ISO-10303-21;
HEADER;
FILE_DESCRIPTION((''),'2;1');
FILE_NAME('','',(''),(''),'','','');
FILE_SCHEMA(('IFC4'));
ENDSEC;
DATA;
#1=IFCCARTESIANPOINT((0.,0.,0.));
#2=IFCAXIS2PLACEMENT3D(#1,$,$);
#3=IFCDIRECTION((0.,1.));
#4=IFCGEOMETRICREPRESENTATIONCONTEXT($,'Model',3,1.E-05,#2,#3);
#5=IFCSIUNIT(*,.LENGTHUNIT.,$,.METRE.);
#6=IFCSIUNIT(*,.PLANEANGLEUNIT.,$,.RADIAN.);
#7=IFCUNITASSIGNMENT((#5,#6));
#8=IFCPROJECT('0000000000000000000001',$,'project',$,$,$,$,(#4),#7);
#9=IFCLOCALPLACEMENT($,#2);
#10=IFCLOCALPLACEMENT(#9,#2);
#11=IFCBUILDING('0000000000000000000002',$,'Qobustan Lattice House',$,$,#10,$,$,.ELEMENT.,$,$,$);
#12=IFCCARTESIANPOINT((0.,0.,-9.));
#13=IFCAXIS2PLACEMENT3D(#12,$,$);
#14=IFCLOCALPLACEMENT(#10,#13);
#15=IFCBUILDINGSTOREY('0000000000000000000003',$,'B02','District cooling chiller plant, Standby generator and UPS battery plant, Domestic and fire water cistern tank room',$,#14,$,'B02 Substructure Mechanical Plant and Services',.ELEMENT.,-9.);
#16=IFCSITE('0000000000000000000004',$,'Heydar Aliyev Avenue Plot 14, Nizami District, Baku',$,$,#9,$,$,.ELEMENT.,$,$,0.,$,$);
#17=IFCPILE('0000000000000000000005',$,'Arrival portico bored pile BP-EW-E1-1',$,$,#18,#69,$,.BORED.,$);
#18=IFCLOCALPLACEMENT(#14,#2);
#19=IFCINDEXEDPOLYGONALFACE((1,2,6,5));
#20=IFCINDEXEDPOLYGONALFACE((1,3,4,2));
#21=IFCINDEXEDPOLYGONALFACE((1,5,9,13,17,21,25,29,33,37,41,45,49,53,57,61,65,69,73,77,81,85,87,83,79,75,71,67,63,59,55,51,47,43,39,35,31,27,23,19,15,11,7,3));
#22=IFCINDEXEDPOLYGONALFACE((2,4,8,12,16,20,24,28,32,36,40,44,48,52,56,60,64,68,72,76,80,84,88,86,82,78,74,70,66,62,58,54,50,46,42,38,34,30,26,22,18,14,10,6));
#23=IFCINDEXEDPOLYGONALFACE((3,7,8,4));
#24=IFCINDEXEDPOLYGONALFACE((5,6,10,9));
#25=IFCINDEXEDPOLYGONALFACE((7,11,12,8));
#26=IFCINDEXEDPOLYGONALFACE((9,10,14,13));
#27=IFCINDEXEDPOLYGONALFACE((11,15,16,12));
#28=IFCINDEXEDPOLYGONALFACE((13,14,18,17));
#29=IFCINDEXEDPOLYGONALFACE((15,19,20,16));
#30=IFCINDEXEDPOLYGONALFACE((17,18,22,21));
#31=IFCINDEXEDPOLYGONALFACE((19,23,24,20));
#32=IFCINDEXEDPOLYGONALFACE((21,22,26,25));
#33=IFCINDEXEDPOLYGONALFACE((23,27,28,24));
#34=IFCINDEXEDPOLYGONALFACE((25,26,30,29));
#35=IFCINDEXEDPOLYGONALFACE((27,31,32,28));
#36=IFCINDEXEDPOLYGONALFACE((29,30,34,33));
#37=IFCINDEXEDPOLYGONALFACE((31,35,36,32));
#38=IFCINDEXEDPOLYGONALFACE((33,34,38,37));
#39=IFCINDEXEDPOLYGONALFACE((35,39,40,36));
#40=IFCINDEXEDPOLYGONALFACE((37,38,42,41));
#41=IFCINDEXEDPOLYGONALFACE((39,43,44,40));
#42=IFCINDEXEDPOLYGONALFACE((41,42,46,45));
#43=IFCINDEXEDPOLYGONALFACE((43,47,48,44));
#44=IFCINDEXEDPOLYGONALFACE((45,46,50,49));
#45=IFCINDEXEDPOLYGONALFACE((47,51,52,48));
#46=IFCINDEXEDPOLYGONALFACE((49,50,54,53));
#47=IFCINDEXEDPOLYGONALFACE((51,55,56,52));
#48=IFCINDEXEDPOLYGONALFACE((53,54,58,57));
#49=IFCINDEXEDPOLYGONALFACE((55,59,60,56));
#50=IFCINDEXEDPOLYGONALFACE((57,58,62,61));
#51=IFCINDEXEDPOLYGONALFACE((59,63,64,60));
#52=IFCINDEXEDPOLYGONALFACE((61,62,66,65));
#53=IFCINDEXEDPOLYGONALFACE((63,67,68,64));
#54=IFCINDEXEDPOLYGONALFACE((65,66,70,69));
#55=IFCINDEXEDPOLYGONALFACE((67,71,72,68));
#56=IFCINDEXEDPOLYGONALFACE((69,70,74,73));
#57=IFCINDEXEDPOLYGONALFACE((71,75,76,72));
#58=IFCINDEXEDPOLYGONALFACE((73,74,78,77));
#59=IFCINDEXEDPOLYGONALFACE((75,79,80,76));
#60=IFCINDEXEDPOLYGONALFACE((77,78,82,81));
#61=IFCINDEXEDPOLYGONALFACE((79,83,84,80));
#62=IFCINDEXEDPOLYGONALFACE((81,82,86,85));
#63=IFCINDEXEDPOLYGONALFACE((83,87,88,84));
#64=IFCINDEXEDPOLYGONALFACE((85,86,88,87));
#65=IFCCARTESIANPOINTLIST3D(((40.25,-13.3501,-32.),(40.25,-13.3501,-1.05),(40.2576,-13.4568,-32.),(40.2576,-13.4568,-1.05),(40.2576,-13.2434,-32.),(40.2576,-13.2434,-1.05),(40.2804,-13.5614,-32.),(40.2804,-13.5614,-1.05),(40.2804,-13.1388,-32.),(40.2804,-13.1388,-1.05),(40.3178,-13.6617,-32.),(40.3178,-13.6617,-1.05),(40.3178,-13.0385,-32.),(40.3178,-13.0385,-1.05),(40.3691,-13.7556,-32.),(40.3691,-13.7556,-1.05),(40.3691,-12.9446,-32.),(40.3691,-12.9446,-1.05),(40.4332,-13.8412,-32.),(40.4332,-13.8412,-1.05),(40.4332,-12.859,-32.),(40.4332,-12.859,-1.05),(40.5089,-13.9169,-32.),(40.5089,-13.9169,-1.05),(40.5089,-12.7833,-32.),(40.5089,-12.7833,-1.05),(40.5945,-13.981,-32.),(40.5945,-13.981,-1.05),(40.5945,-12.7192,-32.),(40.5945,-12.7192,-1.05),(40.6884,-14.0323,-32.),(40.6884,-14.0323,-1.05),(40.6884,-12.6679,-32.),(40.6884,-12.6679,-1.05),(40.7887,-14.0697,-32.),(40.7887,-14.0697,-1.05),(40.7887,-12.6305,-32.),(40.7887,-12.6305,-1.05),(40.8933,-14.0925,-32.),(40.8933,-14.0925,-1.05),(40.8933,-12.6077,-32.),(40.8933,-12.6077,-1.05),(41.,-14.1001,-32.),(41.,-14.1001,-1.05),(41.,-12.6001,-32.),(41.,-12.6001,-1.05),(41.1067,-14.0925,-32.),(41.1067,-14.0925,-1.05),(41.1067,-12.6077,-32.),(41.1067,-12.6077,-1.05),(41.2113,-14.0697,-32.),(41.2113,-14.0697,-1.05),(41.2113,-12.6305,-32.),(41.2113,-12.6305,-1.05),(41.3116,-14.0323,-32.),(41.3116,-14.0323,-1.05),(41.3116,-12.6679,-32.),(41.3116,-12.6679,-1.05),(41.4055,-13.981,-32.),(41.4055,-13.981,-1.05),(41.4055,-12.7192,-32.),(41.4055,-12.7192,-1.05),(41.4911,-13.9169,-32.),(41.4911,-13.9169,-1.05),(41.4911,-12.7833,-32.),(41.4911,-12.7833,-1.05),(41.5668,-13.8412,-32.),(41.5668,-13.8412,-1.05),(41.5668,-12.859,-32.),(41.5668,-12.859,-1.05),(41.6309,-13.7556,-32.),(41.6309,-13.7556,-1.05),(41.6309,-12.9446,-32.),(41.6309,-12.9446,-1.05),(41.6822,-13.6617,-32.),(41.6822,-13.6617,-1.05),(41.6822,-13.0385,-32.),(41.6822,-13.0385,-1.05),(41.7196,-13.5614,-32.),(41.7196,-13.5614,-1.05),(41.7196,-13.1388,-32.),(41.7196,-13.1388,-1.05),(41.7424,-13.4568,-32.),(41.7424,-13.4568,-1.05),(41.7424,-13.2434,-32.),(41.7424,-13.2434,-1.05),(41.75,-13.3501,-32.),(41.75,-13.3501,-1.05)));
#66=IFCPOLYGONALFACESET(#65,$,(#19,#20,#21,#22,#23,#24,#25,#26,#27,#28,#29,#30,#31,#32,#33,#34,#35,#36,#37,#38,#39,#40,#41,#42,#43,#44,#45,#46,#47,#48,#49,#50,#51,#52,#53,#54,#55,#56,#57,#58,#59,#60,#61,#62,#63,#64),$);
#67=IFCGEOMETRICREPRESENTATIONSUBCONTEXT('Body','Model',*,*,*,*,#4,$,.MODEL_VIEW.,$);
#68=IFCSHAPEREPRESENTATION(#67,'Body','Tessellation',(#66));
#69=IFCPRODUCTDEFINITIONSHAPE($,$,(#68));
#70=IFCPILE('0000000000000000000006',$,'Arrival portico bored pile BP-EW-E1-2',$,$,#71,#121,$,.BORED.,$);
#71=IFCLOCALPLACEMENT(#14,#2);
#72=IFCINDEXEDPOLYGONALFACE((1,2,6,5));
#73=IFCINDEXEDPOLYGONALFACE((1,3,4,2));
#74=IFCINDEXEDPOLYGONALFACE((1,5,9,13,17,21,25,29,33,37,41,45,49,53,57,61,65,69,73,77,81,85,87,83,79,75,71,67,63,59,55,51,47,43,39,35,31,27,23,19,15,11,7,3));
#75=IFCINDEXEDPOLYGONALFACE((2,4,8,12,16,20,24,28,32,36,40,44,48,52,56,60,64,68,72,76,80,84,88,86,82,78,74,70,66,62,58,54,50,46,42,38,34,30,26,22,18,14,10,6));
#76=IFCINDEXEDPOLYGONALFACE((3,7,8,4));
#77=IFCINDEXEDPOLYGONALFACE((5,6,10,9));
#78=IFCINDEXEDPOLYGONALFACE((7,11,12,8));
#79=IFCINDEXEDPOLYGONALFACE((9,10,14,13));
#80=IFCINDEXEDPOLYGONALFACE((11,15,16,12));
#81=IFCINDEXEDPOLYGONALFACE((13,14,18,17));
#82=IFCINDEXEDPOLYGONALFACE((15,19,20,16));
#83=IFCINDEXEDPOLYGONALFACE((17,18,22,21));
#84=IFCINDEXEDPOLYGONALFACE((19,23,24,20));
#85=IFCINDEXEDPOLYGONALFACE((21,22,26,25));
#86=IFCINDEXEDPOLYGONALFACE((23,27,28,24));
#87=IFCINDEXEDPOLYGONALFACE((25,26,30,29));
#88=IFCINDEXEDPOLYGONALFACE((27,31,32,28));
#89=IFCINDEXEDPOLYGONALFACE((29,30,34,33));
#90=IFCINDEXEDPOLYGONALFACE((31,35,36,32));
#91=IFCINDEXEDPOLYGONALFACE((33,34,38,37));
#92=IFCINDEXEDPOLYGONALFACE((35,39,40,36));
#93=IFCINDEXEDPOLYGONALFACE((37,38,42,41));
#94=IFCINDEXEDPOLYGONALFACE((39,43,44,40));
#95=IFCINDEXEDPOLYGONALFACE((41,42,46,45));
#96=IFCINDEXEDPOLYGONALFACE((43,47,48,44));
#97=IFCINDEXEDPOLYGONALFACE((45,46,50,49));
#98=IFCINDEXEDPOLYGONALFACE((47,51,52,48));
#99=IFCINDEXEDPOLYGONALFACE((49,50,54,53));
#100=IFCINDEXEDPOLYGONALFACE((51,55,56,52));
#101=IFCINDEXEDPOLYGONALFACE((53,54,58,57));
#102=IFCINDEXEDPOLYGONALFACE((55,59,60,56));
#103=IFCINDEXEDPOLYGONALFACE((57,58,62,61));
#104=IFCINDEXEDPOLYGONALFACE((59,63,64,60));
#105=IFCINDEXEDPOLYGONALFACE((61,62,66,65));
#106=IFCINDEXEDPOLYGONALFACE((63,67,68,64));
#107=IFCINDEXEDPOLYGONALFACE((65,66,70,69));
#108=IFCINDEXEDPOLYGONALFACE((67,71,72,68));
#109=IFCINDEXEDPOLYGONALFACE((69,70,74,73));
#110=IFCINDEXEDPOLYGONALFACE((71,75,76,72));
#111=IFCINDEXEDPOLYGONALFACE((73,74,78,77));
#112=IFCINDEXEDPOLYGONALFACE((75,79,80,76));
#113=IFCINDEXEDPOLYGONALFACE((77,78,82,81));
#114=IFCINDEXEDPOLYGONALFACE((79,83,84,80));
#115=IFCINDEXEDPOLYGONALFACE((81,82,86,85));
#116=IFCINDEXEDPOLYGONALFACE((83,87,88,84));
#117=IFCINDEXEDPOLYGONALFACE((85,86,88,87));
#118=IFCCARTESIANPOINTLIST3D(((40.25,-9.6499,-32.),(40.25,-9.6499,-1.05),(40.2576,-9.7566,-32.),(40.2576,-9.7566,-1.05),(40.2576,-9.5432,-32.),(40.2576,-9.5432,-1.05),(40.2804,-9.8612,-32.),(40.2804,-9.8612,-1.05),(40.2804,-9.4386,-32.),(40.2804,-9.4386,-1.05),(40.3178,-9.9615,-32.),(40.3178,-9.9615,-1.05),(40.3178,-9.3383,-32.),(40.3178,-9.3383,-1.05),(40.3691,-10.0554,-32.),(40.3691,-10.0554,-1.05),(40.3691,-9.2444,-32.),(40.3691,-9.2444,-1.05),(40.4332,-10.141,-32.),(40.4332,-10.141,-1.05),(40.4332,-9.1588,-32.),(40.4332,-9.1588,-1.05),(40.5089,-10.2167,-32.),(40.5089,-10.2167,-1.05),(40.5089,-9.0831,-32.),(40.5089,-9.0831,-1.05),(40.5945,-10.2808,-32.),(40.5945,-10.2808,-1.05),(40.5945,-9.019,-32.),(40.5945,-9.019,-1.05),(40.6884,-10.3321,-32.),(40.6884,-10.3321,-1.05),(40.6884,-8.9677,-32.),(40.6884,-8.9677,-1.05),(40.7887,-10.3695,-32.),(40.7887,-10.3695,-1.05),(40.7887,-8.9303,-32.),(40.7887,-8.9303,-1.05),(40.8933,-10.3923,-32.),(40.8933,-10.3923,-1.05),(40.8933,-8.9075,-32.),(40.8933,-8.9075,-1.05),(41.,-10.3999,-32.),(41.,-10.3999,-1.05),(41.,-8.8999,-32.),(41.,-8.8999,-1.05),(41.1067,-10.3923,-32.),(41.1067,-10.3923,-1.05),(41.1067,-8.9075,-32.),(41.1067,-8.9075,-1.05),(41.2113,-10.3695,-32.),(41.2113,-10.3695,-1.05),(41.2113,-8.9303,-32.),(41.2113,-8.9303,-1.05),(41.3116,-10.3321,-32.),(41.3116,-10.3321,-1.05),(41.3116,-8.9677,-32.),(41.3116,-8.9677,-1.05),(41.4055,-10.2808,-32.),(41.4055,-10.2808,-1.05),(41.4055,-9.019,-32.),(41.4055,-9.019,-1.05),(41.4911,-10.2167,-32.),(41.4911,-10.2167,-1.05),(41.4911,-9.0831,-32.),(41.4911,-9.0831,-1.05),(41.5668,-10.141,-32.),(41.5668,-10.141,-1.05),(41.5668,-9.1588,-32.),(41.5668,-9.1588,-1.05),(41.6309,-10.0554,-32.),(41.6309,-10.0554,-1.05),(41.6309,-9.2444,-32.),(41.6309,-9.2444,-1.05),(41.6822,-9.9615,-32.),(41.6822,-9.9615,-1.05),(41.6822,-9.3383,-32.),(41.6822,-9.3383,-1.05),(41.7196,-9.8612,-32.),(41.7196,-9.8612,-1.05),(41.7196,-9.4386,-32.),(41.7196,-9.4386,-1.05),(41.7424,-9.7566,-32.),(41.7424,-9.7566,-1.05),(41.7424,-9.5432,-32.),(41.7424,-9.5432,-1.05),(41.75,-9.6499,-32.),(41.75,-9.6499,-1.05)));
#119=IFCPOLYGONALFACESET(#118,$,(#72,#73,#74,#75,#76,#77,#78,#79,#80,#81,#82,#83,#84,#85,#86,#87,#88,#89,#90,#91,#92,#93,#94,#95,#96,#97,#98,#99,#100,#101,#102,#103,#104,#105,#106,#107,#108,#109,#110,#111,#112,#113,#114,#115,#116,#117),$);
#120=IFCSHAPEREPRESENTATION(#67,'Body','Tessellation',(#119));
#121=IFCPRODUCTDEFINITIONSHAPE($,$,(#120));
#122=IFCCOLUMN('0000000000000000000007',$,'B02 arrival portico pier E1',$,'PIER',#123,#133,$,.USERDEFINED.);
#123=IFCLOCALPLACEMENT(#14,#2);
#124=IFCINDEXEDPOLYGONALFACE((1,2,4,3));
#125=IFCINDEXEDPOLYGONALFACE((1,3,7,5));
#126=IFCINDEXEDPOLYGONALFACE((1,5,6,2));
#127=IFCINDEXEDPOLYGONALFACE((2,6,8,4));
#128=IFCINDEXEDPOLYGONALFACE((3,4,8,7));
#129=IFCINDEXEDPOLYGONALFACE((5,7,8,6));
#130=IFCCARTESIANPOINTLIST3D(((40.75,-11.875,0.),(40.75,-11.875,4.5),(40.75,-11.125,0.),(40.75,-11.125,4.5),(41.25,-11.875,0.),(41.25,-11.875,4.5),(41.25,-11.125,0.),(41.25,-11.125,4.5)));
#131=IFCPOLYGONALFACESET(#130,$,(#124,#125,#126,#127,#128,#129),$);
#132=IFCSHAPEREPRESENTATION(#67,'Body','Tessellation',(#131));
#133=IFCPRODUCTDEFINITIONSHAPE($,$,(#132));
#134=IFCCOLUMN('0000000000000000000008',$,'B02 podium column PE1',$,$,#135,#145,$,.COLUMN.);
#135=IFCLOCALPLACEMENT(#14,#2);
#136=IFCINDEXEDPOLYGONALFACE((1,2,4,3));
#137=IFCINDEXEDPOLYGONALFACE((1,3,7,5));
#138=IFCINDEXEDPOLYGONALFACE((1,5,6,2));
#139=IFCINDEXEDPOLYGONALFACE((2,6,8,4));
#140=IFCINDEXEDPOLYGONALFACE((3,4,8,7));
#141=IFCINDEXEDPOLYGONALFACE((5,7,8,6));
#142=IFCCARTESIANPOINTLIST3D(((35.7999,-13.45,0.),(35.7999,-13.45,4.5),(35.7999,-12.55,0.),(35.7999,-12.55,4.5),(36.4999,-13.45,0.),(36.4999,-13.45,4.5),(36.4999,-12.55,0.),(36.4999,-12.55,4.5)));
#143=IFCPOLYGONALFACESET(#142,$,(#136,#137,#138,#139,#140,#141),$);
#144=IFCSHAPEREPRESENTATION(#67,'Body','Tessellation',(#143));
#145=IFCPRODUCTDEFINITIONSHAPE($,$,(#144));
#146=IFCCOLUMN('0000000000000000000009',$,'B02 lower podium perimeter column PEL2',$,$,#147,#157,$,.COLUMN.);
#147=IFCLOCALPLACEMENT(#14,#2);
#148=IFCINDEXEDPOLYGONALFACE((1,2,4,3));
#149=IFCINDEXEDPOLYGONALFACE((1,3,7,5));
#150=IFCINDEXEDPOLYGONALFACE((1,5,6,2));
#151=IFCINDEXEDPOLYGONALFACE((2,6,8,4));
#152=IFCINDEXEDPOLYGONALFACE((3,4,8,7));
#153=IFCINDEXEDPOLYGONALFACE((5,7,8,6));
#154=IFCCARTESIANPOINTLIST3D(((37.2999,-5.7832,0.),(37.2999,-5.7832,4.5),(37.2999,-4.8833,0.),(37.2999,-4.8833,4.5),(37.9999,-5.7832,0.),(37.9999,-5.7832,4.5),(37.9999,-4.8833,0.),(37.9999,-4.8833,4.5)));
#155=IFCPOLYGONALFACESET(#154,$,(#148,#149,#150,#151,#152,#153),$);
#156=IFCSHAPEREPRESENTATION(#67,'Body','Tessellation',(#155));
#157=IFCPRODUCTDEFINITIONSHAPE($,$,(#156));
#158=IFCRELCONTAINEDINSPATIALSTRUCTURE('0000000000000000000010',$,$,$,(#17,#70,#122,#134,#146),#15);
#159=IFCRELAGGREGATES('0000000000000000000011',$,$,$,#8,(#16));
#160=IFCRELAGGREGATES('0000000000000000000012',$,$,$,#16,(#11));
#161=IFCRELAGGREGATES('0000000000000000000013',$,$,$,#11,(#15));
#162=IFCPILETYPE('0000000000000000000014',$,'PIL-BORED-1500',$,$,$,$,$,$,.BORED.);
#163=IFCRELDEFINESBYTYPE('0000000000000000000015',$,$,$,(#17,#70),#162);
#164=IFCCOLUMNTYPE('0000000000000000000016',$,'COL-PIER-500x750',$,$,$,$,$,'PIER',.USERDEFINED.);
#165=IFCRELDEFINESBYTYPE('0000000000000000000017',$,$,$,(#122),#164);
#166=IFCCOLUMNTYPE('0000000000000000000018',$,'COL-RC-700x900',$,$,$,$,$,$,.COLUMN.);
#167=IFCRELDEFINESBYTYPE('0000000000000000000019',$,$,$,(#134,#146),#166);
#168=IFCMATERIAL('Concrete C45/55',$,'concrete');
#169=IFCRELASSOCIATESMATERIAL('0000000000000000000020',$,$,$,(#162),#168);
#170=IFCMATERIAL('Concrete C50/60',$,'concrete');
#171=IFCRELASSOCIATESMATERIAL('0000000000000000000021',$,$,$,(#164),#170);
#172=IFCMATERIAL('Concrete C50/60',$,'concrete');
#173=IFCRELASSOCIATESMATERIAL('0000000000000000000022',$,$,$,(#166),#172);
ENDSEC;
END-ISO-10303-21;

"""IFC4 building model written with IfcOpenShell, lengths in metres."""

from ifc_helpers import new_model, si_unit, direction, frame, origin, origin_2d, place, context, subcontext, project, spatial, rectangle, circle, extrude, material, material_profile, profile_set, type_object, element, save


model = new_model("IFC4")

# Units and contexts
model_context = context("Model", 3, precision=1e-05, world=origin(), true_north=direction((0.0, 1.0)))
body_context = subcontext(model_context, "Body", "Model", "MODEL_VIEW")
ifc_project = project(units=[si_unit("LENGTHUNIT", "METRE"), si_unit("PLANEANGLEUNIT", "RADIAN")], contexts=[model_context])

# Site, building, storey
site_placement = place(None, origin())
site = spatial("IfcSite", under=ifc_project, at=site_placement, Name="Heydar Aliyev Avenue Plot 14, Nizami District, Baku", CompositionType="ELEMENT", RefElevation=0.0)
building_placement = place(site_placement, origin())
building = spatial("IfcBuilding", under=site, at=building_placement, Name="Qobustan Lattice House", CompositionType="ELEMENT")
storey_placement = place(building_placement, frame((0.0, 0.0, -9.0)))
storey = spatial("IfcBuildingStorey", under=building, at=storey_placement, Name="B02", Description="District cooling chiller plant, Standby generator and UPS battery plant, Domestic and fire water cistern tank room", LongName="B02 Substructure Mechanical Plant and Services", CompositionType="ELEMENT", Elevation=-9.0)

# Piles
ifc_material_1 = material(Name="Concrete C45/55", Category="concrete")
ifc_material_profile_1 = material_profile(ifc_material_1, circle(Radius=0.75, at=origin_2d()), Name="PILE-D1500")
ifc_profile_set_1 = profile_set([ifc_material_profile_1], Name="Concrete C45/55")
pile_type = type_object("IfcPileType", Name="PIL-BORED-1500", PredefinedType="BORED", material=ifc_profile_set_1)
for number, where, z_axis, x_axis, name in (
    (1, (41.0, -13.3501, -1.05), (0.0, 0.0, -1.0), (1.0, 0.0, 0.0), "Arrival portico bored pile BP-EW-E1-1"),
    (2, (41.0, -9.6499, -1.05), (0.0, 0.0, -1.0), (1.0, 0.0, 0.0), "Arrival portico bored pile BP-EW-E1-2"),
):
    element("IfcPile", number, at=place(storey_placement, frame(where, z_axis=z_axis, x_axis=x_axis)), inside=storey, type_object=pile_type, Name=name, PredefinedType="BORED", context=body_context, shape_type="SweptSolid", body=[
        extrude(circle(Radius=0.75, at=origin_2d()), origin(), (0.0, 0.0, 1.0), 30.95),
    ])

# Columns
ifc_material_2 = material(Name="Concrete C50/60", Category="concrete")
ifc_material_profile_2 = material_profile(ifc_material_2, rectangle(XDim=0.5, YDim=0.75, at=origin_2d()), Name="RC500x750")
ifc_profile_set_2 = profile_set([ifc_material_profile_2], Name="Concrete C50/60")
column_type_1 = type_object("IfcColumnType", Name="COL-PIER-500x750", ElementType="PIER", PredefinedType="USERDEFINED", material=ifc_profile_set_2)
column_placement = place(storey_placement, frame((41.0, -11.5, 0.0), z_axis=(0.0, 0.0, 1.0), x_axis=(1.0, 0.0, 0.0)))
element("IfcColumn", 3, at=column_placement, inside=storey, type_object=column_type_1, Name="B02 arrival portico pier E1", ObjectType="PIER", PredefinedType="USERDEFINED", context=body_context, shape_type="SweptSolid", body=[
    extrude(rectangle(XDim=0.5, YDim=0.75, at=origin_2d()), origin(), (0.0, 0.0, 1.0), 4.5),
])
ifc_material_3 = material(Name="Concrete C50/60", Category="concrete")
ifc_material_profile_3 = material_profile(ifc_material_3, rectangle(XDim=0.7, YDim=0.8999, at=origin_2d()), Name="RC700x900")
ifc_profile_set_3 = profile_set([ifc_material_profile_3], Name="Concrete C50/60")
column_type_2 = type_object("IfcColumnType", Name="COL-RC-700x900", PredefinedType="COLUMN", material=ifc_profile_set_3)
for number, where, z_axis, x_axis, name in (
    (4, (36.1499, -13.0, 0.0), (0.0, 0.0, 1.0), (1.0, 0.0, 0.0), "B02 podium column PE1"),
    (5, (37.6499, -5.3333, 0.0), (0.0, 0.0, 1.0), (1.0, 0.0, 0.0), "B02 lower podium perimeter column PEL2"),
):
    element("IfcColumn", number, at=place(storey_placement, frame(where, z_axis=z_axis, x_axis=x_axis)), inside=storey, type_object=column_type_2, Name=name, PredefinedType="COLUMN", context=body_context, shape_type="SweptSolid", body=[
        extrude(rectangle(XDim=0.7, YDim=0.8999, at=origin_2d()), origin(), (0.0, 0.0, 1.0), 4.5),
    ])

save(model, "model.ifc")
